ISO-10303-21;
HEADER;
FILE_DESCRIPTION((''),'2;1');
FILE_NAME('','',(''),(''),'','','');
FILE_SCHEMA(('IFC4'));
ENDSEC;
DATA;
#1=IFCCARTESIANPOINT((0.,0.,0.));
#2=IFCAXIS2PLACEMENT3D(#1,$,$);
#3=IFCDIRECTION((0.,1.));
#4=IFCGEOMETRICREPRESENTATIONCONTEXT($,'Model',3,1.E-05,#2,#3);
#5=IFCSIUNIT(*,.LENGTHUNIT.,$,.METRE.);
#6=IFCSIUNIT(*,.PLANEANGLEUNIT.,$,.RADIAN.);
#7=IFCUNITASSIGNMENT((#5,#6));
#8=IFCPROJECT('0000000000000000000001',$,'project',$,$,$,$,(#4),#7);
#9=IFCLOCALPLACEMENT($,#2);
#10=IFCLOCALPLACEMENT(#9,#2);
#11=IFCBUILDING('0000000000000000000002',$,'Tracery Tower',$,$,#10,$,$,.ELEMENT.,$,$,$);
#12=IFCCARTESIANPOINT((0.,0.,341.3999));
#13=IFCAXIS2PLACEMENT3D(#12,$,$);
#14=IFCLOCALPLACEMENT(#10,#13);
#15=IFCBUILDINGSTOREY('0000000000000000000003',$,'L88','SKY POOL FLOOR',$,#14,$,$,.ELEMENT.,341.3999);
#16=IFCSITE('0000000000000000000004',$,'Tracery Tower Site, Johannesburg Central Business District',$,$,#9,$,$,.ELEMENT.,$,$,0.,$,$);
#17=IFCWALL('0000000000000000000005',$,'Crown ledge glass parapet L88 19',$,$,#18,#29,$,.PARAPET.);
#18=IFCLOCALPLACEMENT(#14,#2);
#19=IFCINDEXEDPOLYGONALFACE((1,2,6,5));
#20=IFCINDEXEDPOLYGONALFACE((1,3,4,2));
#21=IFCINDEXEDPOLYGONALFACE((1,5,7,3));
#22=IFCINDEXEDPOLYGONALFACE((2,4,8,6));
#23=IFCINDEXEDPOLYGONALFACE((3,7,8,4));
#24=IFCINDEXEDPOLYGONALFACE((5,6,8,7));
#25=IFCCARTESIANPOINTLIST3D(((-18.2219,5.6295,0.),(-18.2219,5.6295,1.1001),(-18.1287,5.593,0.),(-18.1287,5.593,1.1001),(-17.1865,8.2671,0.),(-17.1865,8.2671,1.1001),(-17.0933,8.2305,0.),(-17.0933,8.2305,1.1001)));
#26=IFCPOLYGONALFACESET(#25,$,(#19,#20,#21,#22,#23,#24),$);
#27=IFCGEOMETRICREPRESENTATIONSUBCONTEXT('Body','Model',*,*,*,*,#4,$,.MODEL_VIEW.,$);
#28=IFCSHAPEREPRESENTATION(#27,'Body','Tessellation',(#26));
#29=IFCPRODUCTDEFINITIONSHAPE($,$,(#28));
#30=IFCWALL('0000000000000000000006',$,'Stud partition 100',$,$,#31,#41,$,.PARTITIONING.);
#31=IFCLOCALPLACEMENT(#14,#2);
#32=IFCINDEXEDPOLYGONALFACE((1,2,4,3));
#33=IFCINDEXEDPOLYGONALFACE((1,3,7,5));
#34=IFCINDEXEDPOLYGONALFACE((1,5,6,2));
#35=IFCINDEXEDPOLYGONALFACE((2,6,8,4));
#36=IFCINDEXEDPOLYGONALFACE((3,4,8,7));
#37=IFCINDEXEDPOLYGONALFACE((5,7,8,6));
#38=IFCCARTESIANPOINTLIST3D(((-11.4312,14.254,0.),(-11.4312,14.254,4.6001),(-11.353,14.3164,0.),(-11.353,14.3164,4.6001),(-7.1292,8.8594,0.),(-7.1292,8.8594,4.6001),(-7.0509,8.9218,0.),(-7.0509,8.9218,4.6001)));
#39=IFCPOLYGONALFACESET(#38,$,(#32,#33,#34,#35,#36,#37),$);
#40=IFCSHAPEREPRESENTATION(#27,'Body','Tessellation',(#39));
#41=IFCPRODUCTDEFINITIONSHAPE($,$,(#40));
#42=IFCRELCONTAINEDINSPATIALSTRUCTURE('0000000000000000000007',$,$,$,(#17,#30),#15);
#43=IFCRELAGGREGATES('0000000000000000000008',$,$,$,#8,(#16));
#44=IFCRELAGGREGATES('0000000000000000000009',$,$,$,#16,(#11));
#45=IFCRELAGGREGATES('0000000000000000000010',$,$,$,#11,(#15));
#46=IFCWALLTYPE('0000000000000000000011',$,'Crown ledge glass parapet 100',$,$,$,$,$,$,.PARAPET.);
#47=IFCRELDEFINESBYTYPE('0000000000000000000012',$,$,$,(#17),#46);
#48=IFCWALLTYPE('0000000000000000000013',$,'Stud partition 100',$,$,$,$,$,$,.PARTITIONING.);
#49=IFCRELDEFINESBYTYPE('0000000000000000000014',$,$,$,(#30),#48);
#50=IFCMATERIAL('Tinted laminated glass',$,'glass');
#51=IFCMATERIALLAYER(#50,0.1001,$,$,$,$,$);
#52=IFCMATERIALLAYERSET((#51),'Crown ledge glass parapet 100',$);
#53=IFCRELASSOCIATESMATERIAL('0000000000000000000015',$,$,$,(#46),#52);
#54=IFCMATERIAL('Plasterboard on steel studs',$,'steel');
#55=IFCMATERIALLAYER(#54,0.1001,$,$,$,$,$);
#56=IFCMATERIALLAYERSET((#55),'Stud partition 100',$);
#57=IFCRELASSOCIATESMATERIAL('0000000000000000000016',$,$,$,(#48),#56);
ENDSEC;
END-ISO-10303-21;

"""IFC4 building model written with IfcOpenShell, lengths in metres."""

from ifc_helpers import new_model, si_unit, direction, frame, frame_2d, origin, place, context, subcontext, project, spatial, rectangle, extrude, material, layer, layer_set, type_object, element, save


model = new_model("IFC4")

# Units and contexts
model_context = context("Model", 3, precision=1e-05, world=origin(), true_north=direction((0.0, 1.0)))
body_context = subcontext(model_context, "Body", "Model", "MODEL_VIEW")
ifc_project = project(units=[si_unit("LENGTHUNIT", "METRE"), si_unit("PLANEANGLEUNIT", "RADIAN")], contexts=[model_context])

# Site, building, storey
site_placement = place(None, origin())
site = spatial("IfcSite", under=ifc_project, at=site_placement, Name="Tracery Tower Site, Johannesburg Central Business District", CompositionType="ELEMENT", RefElevation=0.0)
building_placement = place(site_placement, origin())
building = spatial("IfcBuilding", under=site, at=building_placement, Name="Tracery Tower", CompositionType="ELEMENT")
storey_placement = place(building_placement, frame((0.0, 0.0, 341.3999)))
storey = spatial("IfcBuildingStorey", under=building, at=storey_placement, Name="L88", Description="SKY POOL FLOOR", CompositionType="ELEMENT", Elevation=341.3999)

# Walls
ifc_material_1 = material(Name="Tinted laminated glass", Category="glass")
ifc_layer_1 = layer(ifc_material_1, 0.1001)
ifc_layer_set_1 = layer_set([ifc_layer_1], Name="Crown ledge glass parapet 100")
wall_type_1 = type_object("IfcWallType", Name="Crown ledge glass parapet 100", PredefinedType="PARAPET", material=ifc_layer_set_1)
for number, where, z_axis, x_axis, name in (
    (1, (-17.1399, 8.2488, 0.0), (0.0, 0.0, 1.0), (-0.365426, -0.93084, 0.0), "Crown ledge glass parapet L88 19"),
):
    element("IfcWall", number, at=place(storey_placement, frame(where, z_axis=z_axis, x_axis=x_axis)), inside=storey, type_object=wall_type_1, Name=name, PredefinedType="PARAPET", context=body_context, shape_type="SweptSolid", body=[
        extrude(rectangle(XDim=2.8335, YDim=0.1001, at=frame_2d((1.4167, 0.0))), origin(), (0.0, 0.0, 1.0), 1.1001),
    ])
ifc_material_2 = material(Name="Plasterboard on steel studs", Category="steel")
ifc_layer_2 = layer(ifc_material_2, 0.1001)
ifc_layer_set_2 = layer_set([ifc_layer_2], Name="Stud partition 100")
wall_type_2 = type_object("IfcWallType", Name="Stud partition 100", PredefinedType="PARTITIONING", material=ifc_layer_set_2)
wall_1_placement = place(storey_placement, frame((-11.3921, 14.2852, 0.0), z_axis=(0.0, 0.0, 1.0), x_axis=(0.62349, -0.781831, 0.0)))
element("IfcWall", 2, at=wall_1_placement, inside=storey, type_object=wall_type_2, Name="Stud partition 100", PredefinedType="PARTITIONING", context=body_context, shape_type="SweptSolid", body=[
    extrude(rectangle(XDim=6.8999, YDim=0.1001, at=frame_2d((3.45, 0.0))), origin(), (0.0, 0.0, 1.0), 4.6001),
])

save(model, "model.ifc")
